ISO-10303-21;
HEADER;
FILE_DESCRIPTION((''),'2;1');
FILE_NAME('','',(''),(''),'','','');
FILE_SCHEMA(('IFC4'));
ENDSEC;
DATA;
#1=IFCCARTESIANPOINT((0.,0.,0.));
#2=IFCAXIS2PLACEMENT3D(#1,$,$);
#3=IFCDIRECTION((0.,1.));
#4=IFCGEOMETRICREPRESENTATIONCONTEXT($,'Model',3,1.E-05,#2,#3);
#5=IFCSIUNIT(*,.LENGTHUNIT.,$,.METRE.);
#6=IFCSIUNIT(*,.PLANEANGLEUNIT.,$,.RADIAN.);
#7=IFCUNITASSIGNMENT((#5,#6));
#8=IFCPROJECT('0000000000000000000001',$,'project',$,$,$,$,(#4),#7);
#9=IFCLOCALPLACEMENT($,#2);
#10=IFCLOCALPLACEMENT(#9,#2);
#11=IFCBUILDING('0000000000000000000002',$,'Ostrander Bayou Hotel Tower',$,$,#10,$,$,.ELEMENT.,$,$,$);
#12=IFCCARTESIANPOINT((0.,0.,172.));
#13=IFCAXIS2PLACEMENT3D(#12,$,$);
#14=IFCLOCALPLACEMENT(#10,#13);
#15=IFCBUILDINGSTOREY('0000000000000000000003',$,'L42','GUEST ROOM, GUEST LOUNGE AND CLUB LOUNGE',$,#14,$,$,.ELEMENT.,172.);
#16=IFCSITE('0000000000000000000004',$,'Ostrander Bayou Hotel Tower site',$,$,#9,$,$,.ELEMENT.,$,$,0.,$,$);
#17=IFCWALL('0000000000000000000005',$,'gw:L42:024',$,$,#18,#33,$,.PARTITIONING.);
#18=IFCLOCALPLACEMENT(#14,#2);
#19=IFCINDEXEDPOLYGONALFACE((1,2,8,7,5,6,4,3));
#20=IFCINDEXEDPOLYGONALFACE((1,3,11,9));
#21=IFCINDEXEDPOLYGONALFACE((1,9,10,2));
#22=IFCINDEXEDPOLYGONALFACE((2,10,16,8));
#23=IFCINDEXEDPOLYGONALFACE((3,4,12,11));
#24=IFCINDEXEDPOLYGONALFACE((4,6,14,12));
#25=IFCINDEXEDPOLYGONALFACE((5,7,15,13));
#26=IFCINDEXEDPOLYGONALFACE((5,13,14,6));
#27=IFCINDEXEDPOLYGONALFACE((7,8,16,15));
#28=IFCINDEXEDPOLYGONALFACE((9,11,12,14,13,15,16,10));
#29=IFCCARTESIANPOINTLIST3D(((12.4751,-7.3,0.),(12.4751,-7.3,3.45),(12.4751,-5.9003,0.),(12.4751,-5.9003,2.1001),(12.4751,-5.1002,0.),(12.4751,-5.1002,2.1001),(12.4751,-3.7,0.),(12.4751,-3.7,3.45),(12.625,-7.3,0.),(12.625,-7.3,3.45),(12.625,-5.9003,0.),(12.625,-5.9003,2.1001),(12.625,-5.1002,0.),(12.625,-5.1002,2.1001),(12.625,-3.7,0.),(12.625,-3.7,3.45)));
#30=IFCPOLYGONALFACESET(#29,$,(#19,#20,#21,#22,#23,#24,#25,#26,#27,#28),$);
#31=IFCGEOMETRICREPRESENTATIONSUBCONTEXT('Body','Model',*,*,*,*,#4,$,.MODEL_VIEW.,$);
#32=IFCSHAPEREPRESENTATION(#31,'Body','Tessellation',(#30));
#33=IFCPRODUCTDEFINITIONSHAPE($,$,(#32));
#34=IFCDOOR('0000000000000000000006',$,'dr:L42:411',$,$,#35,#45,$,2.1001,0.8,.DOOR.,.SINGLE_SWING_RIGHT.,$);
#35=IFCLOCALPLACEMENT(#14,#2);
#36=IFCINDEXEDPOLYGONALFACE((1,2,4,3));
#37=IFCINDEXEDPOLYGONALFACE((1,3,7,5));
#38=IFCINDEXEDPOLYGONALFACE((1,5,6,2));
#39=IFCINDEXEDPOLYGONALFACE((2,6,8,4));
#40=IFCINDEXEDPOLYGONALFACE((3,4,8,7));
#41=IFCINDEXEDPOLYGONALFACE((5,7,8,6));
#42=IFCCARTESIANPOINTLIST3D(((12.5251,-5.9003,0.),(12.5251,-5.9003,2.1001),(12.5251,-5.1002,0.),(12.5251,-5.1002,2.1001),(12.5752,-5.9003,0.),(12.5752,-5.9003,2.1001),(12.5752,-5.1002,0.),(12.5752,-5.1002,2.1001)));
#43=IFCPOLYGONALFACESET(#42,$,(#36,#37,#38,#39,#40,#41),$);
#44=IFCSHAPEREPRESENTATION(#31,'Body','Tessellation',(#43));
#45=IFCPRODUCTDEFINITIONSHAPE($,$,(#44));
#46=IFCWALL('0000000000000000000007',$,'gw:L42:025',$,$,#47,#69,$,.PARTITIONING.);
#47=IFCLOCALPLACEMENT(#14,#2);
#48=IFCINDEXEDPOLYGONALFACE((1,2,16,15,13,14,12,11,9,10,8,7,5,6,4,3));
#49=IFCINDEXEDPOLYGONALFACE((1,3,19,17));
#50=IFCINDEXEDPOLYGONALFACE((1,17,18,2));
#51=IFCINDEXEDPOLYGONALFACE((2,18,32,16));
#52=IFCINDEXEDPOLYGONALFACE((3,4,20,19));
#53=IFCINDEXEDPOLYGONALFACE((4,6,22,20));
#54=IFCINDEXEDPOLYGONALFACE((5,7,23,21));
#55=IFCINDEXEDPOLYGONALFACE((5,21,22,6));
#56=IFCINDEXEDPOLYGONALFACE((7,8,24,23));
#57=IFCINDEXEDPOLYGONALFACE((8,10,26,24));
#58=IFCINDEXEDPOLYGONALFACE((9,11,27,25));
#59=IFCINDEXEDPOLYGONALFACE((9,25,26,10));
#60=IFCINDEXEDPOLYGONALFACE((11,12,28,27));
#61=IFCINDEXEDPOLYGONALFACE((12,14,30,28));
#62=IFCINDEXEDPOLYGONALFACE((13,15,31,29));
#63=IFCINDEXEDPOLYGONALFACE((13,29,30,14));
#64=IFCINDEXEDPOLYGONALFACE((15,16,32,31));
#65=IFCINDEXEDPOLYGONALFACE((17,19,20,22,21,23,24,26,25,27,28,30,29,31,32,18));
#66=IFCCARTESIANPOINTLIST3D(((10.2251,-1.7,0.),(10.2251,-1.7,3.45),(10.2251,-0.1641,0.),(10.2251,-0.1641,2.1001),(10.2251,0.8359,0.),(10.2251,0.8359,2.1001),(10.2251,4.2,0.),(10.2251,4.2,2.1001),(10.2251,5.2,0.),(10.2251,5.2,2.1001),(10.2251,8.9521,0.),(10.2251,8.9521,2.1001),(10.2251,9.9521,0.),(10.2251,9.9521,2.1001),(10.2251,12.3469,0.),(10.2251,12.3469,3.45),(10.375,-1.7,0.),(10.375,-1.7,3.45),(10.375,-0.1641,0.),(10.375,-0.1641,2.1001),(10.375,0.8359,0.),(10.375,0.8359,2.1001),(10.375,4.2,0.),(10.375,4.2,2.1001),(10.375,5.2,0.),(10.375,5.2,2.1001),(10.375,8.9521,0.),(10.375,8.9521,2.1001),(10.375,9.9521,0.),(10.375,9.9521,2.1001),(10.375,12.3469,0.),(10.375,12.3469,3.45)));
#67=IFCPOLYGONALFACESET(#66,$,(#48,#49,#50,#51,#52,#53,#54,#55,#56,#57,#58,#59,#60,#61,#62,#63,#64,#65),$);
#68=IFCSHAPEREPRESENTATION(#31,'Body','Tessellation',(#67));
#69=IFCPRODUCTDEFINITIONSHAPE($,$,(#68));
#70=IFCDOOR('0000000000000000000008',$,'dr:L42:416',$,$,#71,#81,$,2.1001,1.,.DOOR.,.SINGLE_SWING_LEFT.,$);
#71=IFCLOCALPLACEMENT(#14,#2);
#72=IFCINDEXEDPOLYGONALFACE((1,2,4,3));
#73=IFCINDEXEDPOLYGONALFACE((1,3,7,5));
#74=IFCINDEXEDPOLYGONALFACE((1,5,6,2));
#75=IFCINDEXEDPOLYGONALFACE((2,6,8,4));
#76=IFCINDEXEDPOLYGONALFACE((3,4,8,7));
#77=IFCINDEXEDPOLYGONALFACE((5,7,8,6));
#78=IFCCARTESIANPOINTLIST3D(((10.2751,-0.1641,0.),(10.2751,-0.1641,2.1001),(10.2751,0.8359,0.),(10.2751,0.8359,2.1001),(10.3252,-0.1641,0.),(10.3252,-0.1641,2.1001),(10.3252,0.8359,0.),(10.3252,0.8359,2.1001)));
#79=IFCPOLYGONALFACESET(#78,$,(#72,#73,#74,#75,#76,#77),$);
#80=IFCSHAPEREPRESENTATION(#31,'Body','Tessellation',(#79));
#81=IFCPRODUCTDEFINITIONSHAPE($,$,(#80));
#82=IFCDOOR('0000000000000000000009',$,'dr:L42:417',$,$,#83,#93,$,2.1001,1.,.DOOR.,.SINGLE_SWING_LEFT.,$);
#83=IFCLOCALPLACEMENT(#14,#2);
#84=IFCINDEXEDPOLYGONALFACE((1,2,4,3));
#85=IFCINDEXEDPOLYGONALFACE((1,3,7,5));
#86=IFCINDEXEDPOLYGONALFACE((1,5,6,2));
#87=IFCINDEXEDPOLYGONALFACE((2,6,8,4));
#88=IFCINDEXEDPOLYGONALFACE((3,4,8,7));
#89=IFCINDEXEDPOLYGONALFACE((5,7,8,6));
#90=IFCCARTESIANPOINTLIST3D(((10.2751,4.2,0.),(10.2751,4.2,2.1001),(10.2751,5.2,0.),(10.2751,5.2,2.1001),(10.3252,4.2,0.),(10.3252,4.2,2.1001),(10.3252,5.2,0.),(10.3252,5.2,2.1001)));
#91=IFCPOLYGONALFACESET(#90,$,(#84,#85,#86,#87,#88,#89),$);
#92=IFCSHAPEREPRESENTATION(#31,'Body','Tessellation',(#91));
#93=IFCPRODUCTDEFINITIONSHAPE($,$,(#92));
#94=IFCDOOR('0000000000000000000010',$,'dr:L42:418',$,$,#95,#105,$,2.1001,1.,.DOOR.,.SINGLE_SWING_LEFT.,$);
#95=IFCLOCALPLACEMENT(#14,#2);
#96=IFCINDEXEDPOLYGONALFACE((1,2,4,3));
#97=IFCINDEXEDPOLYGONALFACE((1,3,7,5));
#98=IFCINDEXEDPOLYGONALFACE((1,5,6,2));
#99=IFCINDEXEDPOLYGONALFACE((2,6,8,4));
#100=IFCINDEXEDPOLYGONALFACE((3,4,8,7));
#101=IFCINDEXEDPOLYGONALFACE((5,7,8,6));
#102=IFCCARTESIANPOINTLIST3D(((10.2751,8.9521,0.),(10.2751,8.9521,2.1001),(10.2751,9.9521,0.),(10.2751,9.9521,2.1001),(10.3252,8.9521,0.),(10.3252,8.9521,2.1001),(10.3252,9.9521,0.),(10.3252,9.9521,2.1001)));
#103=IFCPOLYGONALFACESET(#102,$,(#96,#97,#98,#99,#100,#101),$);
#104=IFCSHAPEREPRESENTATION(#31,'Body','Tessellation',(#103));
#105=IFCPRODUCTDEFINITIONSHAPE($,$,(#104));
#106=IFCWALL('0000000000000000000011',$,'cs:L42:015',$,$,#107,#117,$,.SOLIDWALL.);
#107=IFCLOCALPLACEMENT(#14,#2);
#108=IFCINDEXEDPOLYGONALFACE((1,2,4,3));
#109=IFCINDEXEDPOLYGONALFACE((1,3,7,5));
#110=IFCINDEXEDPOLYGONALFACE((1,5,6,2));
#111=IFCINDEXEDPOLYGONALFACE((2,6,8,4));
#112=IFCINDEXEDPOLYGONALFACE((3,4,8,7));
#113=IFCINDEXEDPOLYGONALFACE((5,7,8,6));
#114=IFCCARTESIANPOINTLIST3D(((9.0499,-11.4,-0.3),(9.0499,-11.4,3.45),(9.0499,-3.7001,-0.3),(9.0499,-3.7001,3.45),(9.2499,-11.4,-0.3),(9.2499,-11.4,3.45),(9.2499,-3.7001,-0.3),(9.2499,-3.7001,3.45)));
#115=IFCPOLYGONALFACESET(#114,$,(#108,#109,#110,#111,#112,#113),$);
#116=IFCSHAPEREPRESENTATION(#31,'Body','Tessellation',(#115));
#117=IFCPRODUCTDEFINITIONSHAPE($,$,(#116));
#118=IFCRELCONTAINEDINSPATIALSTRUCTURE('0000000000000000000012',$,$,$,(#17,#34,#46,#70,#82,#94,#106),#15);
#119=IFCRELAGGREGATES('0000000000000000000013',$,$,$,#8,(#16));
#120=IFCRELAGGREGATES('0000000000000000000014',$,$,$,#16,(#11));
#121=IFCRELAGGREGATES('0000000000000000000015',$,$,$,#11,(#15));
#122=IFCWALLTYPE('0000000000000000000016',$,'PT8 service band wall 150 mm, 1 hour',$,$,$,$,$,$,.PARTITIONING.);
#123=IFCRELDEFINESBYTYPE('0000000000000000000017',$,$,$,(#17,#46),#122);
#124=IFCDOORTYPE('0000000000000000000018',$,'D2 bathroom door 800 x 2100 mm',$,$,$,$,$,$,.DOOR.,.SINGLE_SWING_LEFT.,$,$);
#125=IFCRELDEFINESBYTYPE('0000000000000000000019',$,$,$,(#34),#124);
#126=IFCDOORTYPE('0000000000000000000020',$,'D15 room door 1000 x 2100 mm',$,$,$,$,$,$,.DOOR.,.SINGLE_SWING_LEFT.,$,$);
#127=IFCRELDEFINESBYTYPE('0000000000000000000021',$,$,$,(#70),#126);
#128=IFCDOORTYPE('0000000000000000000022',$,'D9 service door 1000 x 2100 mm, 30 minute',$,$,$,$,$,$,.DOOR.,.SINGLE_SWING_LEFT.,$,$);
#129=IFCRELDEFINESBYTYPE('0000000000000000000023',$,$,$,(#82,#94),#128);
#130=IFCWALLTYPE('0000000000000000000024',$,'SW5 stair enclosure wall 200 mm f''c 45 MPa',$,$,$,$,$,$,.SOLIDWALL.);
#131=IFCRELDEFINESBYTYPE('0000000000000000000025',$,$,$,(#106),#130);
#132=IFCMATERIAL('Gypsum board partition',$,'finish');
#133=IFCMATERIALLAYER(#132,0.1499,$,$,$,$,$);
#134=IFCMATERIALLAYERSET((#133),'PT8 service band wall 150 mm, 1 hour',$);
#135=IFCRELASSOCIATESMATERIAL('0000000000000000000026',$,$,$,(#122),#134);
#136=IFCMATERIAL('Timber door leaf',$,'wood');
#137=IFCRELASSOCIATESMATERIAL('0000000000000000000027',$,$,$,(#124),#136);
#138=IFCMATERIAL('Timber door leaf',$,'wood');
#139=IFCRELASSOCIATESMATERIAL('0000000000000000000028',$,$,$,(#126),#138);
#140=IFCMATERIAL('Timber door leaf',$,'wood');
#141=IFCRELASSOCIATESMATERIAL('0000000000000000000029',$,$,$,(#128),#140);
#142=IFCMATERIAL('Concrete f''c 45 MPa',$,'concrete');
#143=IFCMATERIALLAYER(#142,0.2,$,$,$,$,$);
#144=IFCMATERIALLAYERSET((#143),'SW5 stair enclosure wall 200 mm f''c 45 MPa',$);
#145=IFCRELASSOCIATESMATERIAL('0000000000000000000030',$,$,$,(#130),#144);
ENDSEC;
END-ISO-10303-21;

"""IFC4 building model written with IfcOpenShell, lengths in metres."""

from ifc_helpers import new_model, si_unit, direction, frame, frame_2d, origin, place, context, subcontext, project, spatial, rectangle, extrude, material, layer, layer_set, type_object, element, fill, save


model = new_model("IFC4")

# Units and contexts
model_context = context("Model", 3, precision=1e-05, world=origin(), true_north=direction((0.0, 1.0)))
body_context = subcontext(model_context, "Body", "Model", "MODEL_VIEW")
ifc_project = project(units=[si_unit("LENGTHUNIT", "METRE"), si_unit("PLANEANGLEUNIT", "RADIAN")], contexts=[model_context])

# Site, building, storey
site_placement = place(None, origin())
site = spatial("IfcSite", under=ifc_project, at=site_placement, Name="Ostrander Bayou Hotel Tower site", CompositionType="ELEMENT", RefElevation=0.0)
building_placement = place(site_placement, origin())
building = spatial("IfcBuilding", under=site, at=building_placement, Name="Ostrander Bayou Hotel Tower", CompositionType="ELEMENT")
storey_placement = place(building_placement, frame((0.0, 0.0, 172.0)))
storey = spatial("IfcBuildingStorey", under=building, at=storey_placement, Name="L42", Description="GUEST ROOM, GUEST LOUNGE AND CLUB LOUNGE", CompositionType="ELEMENT", Elevation=172.0)

# Shared definitions
ifc_material_1 = material(Name="Gypsum board partition", Category="finish")
ifc_layer_1 = layer(ifc_material_1, 0.1499)
ifc_layer_set_1 = layer_set([ifc_layer_1], Name="PT8 service band wall 150 mm, 1 hour")
wall_type_1 = type_object("IfcWallType", Name="PT8 service band wall 150 mm, 1 hour", PredefinedType="PARTITIONING", material=ifc_layer_set_1)

# Wall, opening, door
wall_1_placement = place(storey_placement, frame((12.55, -7.3, 0.0), z_axis=(0.0, 0.0, 1.0), x_axis=(0.0, 1.0, 0.0)))
wall_1 = element("IfcWall", 1, at=wall_1_placement, inside=storey, type_object=wall_type_1, Name="gw:L42:024", PredefinedType="PARTITIONING", context=body_context, shape_type="SweptSolid", body=[
    extrude(rectangle(XDim=3.6001, YDim=0.1499, at=frame_2d((1.8, 0.0))), origin(), (0.0, 0.0, 1.0), 3.45),
])
opening_1_placement = place(wall_1_placement, frame((1.3999, 0.0, 0.0)))
opening_1 = element("IfcOpeningElement", 2, at=opening_1_placement, cuts=wall_1, PredefinedType="OPENING", context=body_context, shape_type="SweptSolid", body=[
    extrude(rectangle(XDim=0.8, YDim=2.1001, at=frame_2d((0.3999, 1.05))), frame((0.0, 0.075, 0.0), z_axis=(0.0, -1.0, 0.0), x_axis=(1.0, 0.0, 0.0)), (0.0, 0.0, 1.0), 0.1499),
])
ifc_material_2 = material(Name="Timber door leaf", Category="wood")
door_type_1 = type_object("IfcDoorType", Name="D2 bathroom door 800 x 2100 mm", OperationType="SINGLE_SWING_LEFT", PredefinedType="DOOR", material=ifc_material_2)
door_1_placement = place(opening_1_placement, origin())
door_1 = element("IfcDoor", 3, at=door_1_placement, inside=storey, type_object=door_type_1, Name="dr:L42:411", OperationType="SINGLE_SWING_RIGHT", OverallHeight=2.1001, OverallWidth=0.8, PredefinedType="DOOR", context=body_context, shape_type="SweptSolid", body=[
    extrude(rectangle(XDim=0.8, YDim=2.1001, at=frame_2d((0.3999, 1.05))), frame((0.0, 0.0249, 0.0), z_axis=(0.0, -1.0, 0.0), x_axis=(1.0, 0.0, 0.0)), (0.0, 0.0, 1.0), 0.05),
])
fill(opening_1, door_1)

# Wall, openings, doors
wall_2_placement = place(storey_placement, frame((10.3, -1.7, 0.0), z_axis=(0.0, 0.0, 1.0), x_axis=(0.0, 1.0, 0.0)))
wall_2 = element("IfcWall", 4, at=wall_2_placement, inside=storey, type_object=wall_type_1, Name="gw:L42:025", PredefinedType="PARTITIONING", context=body_context, shape_type="SweptSolid", body=[
    extrude(rectangle(XDim=14.0469, YDim=0.1499, at=frame_2d((7.0234, 0.0))), origin(), (0.0, 0.0, 1.0), 3.45),
])
opening_2_placement = place(wall_2_placement, frame((1.5359, 0.0, 0.0)))
opening_2 = element("IfcOpeningElement", 5, at=opening_2_placement, cuts=wall_2, PredefinedType="OPENING", context=body_context, shape_type="SweptSolid", body=[
    extrude(rectangle(XDim=1.0, YDim=2.1001, at=frame_2d((0.5, 1.05))), frame((0.0, 0.075, 0.0), z_axis=(0.0, -1.0, 0.0), x_axis=(1.0, 0.0, 0.0)), (0.0, 0.0, 1.0), 0.1499),
])
opening_3_placement = place(wall_2_placement, frame((5.8999, 0.0, 0.0)))
opening_3 = element("IfcOpeningElement", 6, at=opening_3_placement, cuts=wall_2, PredefinedType="OPENING", context=body_context, shape_type="SweptSolid", body=[
    extrude(rectangle(XDim=1.0, YDim=2.1001, at=frame_2d((0.5, 1.05))), frame((0.0, 0.075, 0.0), z_axis=(0.0, -1.0, 0.0), x_axis=(1.0, 0.0, 0.0)), (0.0, 0.0, 1.0), 0.1499),
])
opening_4_placement = place(wall_2_placement, frame((10.6521, 0.0, 0.0)))
opening_4 = element("IfcOpeningElement", 7, at=opening_4_placement, cuts=wall_2, PredefinedType="OPENING", context=body_context, shape_type="SweptSolid", body=[
    extrude(rectangle(XDim=1.0, YDim=2.1001, at=frame_2d((0.5, 1.05))), frame((0.0, 0.075, 0.0), z_axis=(0.0, -1.0, 0.0), x_axis=(1.0, 0.0, 0.0)), (0.0, 0.0, 1.0), 0.1499),
])
ifc_material_3 = material(Name="Timber door leaf", Category="wood")
door_type_2 = type_object("IfcDoorType", Name="D15 room door 1000 x 2100 mm", OperationType="SINGLE_SWING_LEFT", PredefinedType="DOOR", material=ifc_material_3)
door_2_placement = place(opening_2_placement, origin())
door_2 = element("IfcDoor", 8, at=door_2_placement, inside=storey, type_object=door_type_2, Name="dr:L42:416", OperationType="SINGLE_SWING_LEFT", OverallHeight=2.1001, OverallWidth=1.0, PredefinedType="DOOR", context=body_context, shape_type="SweptSolid", body=[
    extrude(rectangle(XDim=1.0, YDim=2.1001, at=frame_2d((0.5, 1.05))), frame((0.0, 0.0249, 0.0), z_axis=(0.0, -1.0, 0.0), x_axis=(1.0, 0.0, 0.0)), (0.0, 0.0, 1.0), 0.05),
])
fill(opening_2, door_2)
ifc_material_4 = material(Name="Timber door leaf", Category="wood")
door_type_3 = type_object("IfcDoorType", Name="D9 service door 1000 x 2100 mm, 30 minute", OperationType="SINGLE_SWING_LEFT", PredefinedType="DOOR", material=ifc_material_4)
door_3_placement = place(opening_3_placement, origin())
door_3 = element("IfcDoor", 9, at=door_3_placement, inside=storey, type_object=door_type_3, Name="dr:L42:417", OperationType="SINGLE_SWING_LEFT", OverallHeight=2.1001, OverallWidth=1.0, PredefinedType="DOOR", context=body_context, shape_type="SweptSolid", body=[
    extrude(rectangle(XDim=1.0, YDim=2.1001, at=frame_2d((0.5, 1.05))), frame((0.0, 0.0249, 0.0), z_axis=(0.0, -1.0, 0.0), x_axis=(1.0, 0.0, 0.0)), (0.0, 0.0, 1.0), 0.05),
])
fill(opening_3, door_3)
door_4_placement = place(opening_4_placement, origin())
door_4 = element("IfcDoor", 10, at=door_4_placement, inside=storey, type_object=door_type_3, Name="dr:L42:418", OperationType="SINGLE_SWING_LEFT", OverallHeight=2.1001, OverallWidth=1.0, PredefinedType="DOOR", context=body_context, shape_type="SweptSolid", body=[
    extrude(rectangle(XDim=1.0, YDim=2.1001, at=frame_2d((0.5, 1.05))), frame((0.0, 0.0249, 0.0), z_axis=(0.0, -1.0, 0.0), x_axis=(1.0, 0.0, 0.0)), (0.0, 0.0, 1.0), 0.05),
])
fill(opening_4, door_4)

# Wall
ifc_material_5 = material(Name="Concrete f'c 45 MPa", Category="concrete")
ifc_layer_2 = layer(ifc_material_5, 0.2)
ifc_layer_set_2 = layer_set([ifc_layer_2], Name="SW5 stair enclosure wall 200 mm f'c 45 MPa")
wall_type_2 = type_object("IfcWallType", Name="SW5 stair enclosure wall 200 mm f'c 45 MPa", PredefinedType="SOLIDWALL", material=ifc_layer_set_2)
wall_3_placement = place(storey_placement, frame((9.1499, -3.7, -0.3), z_axis=(0.0, 0.0, 1.0), x_axis=(0.0, -1.0, 0.0)))
element("IfcWall", 11, at=wall_3_placement, inside=storey, type_object=wall_type_2, Name="cs:L42:015", PredefinedType="SOLIDWALL", context=body_context, shape_type="SweptSolid", body=[
    extrude(rectangle(XDim=7.7, YDim=0.2, at=frame_2d((3.8501, 0.0))), origin(), (0.0, 0.0, 1.0), 3.75),
])

save(model, "model.ifc")
